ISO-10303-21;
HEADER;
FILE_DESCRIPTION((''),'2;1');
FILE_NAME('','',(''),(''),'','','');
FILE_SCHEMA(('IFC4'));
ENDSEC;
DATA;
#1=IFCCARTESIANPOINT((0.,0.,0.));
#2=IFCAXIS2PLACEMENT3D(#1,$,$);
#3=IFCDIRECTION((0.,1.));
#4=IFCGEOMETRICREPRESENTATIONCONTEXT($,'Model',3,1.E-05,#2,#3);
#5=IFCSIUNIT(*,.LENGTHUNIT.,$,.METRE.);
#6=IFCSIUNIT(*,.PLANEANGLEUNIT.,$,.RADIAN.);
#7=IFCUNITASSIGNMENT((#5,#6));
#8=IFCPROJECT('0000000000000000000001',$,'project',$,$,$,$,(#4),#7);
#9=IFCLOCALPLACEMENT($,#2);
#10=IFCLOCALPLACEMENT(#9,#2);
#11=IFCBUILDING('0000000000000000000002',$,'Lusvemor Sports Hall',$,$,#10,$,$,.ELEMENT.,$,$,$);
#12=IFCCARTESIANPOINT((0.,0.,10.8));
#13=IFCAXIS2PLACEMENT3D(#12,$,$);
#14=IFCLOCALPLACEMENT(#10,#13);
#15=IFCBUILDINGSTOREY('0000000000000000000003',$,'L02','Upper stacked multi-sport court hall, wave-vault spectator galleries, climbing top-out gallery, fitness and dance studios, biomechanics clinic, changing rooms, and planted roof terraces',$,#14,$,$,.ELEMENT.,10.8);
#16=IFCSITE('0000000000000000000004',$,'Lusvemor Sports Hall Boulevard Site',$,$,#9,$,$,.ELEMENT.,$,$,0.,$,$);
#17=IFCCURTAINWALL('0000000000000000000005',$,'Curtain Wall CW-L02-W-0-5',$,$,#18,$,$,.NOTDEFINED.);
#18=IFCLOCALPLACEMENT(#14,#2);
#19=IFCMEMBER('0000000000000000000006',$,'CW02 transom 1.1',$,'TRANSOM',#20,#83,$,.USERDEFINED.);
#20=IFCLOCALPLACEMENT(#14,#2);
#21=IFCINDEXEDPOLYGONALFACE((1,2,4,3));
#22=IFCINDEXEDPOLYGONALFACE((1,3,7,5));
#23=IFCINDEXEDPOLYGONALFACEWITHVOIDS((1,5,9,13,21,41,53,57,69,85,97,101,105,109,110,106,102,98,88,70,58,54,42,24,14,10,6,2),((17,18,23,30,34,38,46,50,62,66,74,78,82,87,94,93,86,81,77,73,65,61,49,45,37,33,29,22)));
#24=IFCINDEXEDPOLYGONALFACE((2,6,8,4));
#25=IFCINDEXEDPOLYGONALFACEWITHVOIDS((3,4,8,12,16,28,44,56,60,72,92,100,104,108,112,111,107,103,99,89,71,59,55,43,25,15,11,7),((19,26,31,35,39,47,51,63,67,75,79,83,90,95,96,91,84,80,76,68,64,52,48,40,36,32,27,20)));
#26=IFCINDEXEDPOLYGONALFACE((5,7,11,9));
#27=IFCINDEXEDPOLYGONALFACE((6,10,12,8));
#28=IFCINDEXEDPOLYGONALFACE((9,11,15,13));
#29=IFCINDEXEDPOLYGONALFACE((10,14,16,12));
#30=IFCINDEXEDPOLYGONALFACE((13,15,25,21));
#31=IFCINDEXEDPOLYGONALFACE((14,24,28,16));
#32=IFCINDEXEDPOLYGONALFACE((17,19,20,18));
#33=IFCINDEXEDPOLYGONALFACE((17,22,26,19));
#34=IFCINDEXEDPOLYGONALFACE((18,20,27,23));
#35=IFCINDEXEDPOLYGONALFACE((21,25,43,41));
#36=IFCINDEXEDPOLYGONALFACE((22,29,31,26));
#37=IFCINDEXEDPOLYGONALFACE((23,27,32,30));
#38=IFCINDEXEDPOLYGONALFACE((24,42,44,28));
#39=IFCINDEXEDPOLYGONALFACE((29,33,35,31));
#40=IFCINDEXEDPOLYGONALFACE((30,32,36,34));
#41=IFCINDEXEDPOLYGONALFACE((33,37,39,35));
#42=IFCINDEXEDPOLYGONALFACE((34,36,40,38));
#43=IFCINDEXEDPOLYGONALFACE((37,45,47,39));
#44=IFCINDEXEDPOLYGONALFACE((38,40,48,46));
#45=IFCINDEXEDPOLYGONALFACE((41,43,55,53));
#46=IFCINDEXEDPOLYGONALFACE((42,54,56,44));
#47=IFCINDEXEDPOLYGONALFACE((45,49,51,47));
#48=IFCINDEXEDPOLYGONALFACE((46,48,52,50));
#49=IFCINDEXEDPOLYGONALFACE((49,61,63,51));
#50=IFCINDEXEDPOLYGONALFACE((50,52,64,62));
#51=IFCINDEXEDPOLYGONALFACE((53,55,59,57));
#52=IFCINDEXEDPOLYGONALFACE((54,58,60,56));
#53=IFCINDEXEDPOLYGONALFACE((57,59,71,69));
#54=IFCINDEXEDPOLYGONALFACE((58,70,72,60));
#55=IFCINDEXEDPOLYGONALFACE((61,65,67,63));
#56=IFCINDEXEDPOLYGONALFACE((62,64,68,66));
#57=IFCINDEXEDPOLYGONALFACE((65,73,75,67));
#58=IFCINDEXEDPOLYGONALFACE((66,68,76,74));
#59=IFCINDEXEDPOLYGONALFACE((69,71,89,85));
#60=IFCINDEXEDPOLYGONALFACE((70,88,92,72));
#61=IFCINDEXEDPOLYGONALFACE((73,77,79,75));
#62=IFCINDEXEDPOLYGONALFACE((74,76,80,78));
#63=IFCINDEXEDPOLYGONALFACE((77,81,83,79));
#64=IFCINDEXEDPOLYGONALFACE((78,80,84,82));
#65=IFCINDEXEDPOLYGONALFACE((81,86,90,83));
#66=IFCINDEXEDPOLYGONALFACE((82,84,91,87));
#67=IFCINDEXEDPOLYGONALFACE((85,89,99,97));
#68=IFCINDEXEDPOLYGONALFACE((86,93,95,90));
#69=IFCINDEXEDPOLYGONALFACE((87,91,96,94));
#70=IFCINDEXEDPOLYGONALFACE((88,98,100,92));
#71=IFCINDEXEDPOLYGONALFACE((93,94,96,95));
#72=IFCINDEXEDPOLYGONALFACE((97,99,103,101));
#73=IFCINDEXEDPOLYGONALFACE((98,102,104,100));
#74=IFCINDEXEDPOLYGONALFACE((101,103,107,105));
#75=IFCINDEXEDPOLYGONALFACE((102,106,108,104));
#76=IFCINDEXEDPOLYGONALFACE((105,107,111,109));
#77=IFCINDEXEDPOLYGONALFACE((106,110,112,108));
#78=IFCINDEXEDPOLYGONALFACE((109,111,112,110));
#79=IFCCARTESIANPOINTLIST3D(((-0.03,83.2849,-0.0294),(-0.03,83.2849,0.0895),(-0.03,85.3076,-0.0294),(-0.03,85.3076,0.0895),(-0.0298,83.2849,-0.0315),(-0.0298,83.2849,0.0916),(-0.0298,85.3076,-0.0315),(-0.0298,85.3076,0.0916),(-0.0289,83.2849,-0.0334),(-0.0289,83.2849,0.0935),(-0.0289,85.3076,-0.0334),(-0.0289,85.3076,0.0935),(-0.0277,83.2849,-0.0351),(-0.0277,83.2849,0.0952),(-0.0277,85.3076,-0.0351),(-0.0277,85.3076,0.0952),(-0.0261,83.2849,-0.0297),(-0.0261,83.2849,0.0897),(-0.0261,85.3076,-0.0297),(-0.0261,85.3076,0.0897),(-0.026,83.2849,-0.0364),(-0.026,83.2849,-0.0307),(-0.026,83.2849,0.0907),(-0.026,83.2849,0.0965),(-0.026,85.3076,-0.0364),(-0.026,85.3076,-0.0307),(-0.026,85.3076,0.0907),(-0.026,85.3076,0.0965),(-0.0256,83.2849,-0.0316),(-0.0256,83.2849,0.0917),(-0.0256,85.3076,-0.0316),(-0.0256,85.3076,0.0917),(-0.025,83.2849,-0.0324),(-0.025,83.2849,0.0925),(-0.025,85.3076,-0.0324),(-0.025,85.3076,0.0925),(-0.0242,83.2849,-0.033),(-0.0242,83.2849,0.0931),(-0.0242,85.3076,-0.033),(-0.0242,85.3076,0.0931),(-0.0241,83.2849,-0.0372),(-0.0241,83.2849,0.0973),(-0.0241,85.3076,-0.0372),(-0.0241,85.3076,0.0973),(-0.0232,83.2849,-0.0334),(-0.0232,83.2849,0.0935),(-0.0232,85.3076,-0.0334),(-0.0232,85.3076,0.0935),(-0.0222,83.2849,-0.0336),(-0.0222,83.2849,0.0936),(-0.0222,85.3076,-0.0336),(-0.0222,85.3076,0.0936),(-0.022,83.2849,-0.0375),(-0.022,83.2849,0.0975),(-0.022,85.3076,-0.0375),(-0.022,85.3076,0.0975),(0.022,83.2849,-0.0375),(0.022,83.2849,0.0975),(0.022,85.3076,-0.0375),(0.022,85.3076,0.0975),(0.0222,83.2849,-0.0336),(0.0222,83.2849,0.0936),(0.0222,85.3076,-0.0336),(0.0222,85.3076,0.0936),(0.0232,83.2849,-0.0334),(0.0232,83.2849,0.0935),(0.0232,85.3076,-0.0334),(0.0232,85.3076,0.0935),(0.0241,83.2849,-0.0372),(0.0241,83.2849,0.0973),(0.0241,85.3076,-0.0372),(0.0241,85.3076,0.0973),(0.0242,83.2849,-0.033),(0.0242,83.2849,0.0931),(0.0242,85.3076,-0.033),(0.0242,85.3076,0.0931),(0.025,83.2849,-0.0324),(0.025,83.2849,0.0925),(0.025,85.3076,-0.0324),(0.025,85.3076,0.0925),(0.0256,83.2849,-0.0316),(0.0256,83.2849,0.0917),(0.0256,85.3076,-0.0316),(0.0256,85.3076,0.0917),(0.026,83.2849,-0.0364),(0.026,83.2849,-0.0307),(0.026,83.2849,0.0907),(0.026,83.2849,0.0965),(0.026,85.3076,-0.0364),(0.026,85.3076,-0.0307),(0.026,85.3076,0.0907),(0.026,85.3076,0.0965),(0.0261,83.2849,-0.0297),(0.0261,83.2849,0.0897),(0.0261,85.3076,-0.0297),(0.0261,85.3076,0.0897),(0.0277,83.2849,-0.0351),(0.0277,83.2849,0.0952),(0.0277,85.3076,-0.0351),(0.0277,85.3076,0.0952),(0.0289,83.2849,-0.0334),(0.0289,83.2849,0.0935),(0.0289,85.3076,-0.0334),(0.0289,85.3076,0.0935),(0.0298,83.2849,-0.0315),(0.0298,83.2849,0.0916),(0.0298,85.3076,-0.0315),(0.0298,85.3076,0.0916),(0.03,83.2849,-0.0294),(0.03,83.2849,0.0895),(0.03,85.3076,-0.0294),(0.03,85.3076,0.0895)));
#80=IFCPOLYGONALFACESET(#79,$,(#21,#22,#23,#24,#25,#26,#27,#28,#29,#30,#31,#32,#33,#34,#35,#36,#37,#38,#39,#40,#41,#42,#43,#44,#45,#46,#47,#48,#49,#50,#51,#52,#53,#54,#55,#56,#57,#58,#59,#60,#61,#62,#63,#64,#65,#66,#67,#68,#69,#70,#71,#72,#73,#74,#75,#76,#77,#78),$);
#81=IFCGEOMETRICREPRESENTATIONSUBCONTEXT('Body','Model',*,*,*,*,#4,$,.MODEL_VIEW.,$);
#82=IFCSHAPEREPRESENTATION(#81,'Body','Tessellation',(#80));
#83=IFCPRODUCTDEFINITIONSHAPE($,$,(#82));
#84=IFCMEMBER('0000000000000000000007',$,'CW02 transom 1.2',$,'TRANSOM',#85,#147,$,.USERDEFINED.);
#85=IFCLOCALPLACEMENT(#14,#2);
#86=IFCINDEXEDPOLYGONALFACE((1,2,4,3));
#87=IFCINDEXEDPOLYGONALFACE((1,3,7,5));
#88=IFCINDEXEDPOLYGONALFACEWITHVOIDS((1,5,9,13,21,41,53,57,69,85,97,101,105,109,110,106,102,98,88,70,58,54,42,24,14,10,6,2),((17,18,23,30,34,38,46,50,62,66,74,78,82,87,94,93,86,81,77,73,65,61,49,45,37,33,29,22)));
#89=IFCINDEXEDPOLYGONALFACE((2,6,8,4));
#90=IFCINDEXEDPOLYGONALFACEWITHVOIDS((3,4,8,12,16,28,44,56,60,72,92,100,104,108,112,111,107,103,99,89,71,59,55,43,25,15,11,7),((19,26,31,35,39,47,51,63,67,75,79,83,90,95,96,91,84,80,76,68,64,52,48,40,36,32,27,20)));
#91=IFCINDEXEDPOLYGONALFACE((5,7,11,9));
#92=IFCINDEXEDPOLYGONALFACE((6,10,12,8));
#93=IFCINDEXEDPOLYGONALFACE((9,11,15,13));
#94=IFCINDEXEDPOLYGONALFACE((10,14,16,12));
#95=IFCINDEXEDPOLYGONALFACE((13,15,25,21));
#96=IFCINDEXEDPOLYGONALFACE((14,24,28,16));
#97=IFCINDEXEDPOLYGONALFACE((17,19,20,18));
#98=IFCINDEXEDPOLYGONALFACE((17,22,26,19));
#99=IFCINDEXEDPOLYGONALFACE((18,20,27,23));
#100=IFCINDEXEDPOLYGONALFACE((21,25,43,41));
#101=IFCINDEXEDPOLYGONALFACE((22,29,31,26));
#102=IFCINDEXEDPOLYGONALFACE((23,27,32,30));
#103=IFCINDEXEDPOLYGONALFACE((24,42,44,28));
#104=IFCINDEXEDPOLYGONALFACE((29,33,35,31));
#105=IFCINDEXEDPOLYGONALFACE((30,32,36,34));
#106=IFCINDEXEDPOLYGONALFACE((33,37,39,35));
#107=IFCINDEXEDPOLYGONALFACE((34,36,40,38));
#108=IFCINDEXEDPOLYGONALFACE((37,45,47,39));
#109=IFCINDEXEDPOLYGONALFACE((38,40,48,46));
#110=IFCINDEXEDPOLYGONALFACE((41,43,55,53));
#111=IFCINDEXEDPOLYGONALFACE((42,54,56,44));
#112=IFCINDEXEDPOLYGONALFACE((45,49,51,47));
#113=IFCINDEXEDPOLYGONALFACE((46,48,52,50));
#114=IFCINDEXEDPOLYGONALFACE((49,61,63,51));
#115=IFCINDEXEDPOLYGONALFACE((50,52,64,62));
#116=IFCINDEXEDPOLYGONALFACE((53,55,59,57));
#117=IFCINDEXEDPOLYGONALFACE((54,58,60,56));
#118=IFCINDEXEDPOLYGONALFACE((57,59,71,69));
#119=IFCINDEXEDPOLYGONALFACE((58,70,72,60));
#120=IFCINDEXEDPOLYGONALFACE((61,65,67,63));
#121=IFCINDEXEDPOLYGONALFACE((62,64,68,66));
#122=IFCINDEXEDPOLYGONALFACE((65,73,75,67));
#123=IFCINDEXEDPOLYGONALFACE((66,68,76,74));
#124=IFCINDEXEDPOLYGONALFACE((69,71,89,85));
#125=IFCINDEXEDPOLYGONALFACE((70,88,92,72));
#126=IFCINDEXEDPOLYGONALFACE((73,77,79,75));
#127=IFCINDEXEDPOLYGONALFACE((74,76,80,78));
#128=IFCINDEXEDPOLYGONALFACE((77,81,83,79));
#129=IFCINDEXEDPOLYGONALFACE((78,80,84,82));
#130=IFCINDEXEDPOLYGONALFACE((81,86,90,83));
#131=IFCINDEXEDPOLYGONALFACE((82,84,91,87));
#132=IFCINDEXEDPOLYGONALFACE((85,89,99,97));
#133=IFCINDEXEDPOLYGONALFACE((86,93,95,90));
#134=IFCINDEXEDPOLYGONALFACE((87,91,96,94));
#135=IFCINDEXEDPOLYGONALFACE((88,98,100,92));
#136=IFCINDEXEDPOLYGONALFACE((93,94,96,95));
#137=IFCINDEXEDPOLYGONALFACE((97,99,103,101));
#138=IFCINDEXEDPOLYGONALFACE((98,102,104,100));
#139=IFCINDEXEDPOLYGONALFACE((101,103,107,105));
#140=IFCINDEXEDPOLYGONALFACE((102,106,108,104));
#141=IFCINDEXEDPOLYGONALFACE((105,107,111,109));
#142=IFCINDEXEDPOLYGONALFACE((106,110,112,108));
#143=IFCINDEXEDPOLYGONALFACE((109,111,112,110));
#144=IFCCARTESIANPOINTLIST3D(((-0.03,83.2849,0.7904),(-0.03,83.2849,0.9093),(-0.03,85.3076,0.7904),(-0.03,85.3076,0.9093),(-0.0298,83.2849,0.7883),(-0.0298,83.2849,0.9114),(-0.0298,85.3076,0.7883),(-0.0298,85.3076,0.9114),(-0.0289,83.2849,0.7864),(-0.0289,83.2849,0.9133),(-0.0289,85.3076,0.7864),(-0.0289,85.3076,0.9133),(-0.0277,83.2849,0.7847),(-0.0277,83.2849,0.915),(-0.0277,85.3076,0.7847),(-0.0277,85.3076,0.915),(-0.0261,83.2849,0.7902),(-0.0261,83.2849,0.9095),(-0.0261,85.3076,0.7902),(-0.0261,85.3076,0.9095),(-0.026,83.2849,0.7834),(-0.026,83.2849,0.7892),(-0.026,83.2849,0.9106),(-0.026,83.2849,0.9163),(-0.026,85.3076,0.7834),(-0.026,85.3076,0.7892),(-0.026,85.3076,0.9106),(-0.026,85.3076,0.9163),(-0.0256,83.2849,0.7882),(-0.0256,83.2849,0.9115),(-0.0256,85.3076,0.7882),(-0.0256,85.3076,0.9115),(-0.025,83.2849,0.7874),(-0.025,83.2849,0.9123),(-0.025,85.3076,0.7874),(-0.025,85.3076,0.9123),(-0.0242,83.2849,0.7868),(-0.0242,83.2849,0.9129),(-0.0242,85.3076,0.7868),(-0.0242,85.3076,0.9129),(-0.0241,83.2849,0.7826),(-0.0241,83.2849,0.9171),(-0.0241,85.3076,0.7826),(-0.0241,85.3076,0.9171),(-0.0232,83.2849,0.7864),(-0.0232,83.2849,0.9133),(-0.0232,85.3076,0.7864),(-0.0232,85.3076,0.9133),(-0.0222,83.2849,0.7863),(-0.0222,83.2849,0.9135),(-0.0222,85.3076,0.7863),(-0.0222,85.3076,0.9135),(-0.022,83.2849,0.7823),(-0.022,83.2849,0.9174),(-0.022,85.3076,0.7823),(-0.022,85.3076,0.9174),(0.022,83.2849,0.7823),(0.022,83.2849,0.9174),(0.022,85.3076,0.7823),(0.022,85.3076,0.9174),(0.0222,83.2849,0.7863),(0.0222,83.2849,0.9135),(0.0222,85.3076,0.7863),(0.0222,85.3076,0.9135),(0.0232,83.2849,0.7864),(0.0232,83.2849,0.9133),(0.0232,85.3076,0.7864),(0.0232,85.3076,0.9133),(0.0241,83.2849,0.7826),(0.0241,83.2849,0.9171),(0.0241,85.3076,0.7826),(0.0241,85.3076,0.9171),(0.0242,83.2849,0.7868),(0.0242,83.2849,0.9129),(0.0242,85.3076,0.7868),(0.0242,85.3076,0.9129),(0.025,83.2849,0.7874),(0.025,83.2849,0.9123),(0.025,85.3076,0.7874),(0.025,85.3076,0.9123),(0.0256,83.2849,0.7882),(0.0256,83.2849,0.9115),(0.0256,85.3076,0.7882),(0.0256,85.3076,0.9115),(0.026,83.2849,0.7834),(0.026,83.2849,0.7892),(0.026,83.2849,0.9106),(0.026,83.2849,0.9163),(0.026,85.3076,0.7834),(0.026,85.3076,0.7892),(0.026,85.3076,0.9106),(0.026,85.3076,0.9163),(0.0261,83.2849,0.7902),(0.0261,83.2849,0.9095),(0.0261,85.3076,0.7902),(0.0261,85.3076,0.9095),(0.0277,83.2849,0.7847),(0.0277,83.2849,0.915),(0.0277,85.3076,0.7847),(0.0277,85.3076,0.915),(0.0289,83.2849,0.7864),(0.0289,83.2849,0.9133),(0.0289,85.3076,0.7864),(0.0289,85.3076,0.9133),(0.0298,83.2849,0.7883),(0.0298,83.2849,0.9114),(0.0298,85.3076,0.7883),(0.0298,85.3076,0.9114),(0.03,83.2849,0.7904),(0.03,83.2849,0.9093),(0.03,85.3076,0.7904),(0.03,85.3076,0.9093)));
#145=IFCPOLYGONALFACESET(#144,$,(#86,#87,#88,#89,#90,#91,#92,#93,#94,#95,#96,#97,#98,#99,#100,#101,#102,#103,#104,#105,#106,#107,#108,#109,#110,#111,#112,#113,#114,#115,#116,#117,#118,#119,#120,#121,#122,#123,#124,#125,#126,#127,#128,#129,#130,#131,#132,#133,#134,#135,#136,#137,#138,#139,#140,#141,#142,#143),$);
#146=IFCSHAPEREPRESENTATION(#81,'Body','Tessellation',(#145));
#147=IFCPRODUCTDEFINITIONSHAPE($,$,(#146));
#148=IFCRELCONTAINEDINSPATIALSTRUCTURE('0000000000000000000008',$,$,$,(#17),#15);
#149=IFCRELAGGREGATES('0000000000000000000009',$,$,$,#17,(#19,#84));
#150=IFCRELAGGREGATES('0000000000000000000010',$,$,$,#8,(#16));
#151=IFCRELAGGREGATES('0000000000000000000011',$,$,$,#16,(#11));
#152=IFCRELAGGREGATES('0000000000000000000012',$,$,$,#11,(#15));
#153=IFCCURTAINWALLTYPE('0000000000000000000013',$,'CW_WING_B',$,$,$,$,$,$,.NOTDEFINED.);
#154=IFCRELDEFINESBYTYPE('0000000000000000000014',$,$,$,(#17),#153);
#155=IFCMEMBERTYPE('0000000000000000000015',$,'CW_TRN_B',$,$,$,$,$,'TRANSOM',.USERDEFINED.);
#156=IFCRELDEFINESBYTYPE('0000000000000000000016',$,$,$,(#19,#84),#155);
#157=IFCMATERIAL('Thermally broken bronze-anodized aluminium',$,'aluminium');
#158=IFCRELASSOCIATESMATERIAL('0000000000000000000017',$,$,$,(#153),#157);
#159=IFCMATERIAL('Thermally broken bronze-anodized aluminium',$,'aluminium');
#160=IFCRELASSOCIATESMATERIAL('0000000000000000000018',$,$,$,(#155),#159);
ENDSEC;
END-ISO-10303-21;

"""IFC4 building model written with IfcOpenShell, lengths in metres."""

from ifc_helpers import new_model, si_unit, direction, frame, origin, origin_2d, place, context, subcontext, project, spatial, hollow_rectangle, extrude, material, material_profile, profile_set, type_object, element, aggregate, save


model = new_model("IFC4")

# Units and contexts
model_context = context("Model", 3, precision=1e-05, world=origin(), true_north=direction((0.0, 1.0)))
body_context = subcontext(model_context, "Body", "Model", "MODEL_VIEW")
ifc_project = project(units=[si_unit("LENGTHUNIT", "METRE"), si_unit("PLANEANGLEUNIT", "RADIAN")], contexts=[model_context])

# Site, building, storey
site_placement = place(None, origin())
site = spatial("IfcSite", under=ifc_project, at=site_placement, Name="Lusvemor Sports Hall Boulevard Site", CompositionType="ELEMENT", RefElevation=0.0)
building_placement = place(site_placement, origin())
building = spatial("IfcBuilding", under=site, at=building_placement, Name="Lusvemor Sports Hall", CompositionType="ELEMENT")
storey_placement = place(building_placement, frame((0.0, 0.0, 10.8)))
storey = spatial("IfcBuildingStorey", under=building, at=storey_placement, Name="L02", Description="Upper stacked multi-sport court hall, wave-vault spectator galleries, climbing top-out gallery, fitness and dance studios, biomechanics clinic, changing rooms, and planted roof terraces", CompositionType="ELEMENT", Elevation=10.8)

# Curtain wall, members
ifc_material_1 = material(Name="Thermally broken bronze-anodized aluminium", Category="aluminium")
curtain_wall_type = type_object("IfcCurtainWallType", Name="CW_WING_B", PredefinedType="NOTDEFINED", material=ifc_material_1)
curtain_wall_placement = place(storey_placement, origin())
curtain_wall = element("IfcCurtainWall", 1, at=curtain_wall_placement, inside=storey, type_object=curtain_wall_type, Name="Curtain Wall CW-L02-W-0-5", PredefinedType="NOTDEFINED")
ifc_material_2 = material(Name="Thermally broken bronze-anodized aluminium", Category="aluminium")
ifc_material_profile_1 = material_profile(ifc_material_2, hollow_rectangle(XDim=0.0601, YDim=0.135, WallThickness=0.0039, InnerFilletRadius=0.0039, OuterFilletRadius=0.0081, at=origin_2d()), Name="CWTRN135x60x4")
ifc_profile_set_1 = profile_set([ifc_material_profile_1], Name="Thermally broken bronze-anodized aluminium")
member_type_1 = type_object("IfcMemberType", Name="CW_TRN_B", ElementType="TRANSOM", PredefinedType="USERDEFINED", material=ifc_profile_set_1)
member_1_placement = place(storey_placement, frame((0.0, 83.2849, 0.03), z_axis=(0.0, 1.0, 0.0), x_axis=(-1.0, 0.0, 0.0)))
member_1 = element("IfcMember", 2, at=member_1_placement, type_object=member_type_1, Name="CW02 transom 1.1", ObjectType="TRANSOM", PredefinedType="USERDEFINED", context=body_context, shape_type="SweptSolid", body=[
    extrude(hollow_rectangle(XDim=0.0601, YDim=0.135, WallThickness=0.0039, InnerFilletRadius=0.0039, OuterFilletRadius=0.0081, at=origin_2d()), origin(), (0.0, 0.0, 1.0), 2.0227),
])
member_2_placement = place(storey_placement, frame((0.0, 83.2849, 0.8499), z_axis=(0.0, 1.0, 0.0), x_axis=(-1.0, 0.0, 0.0)))
member_2 = element("IfcMember", 3, at=member_2_placement, type_object=member_type_1, Name="CW02 transom 1.2", ObjectType="TRANSOM", PredefinedType="USERDEFINED", context=body_context, shape_type="SweptSolid", body=[
    extrude(hollow_rectangle(XDim=0.0601, YDim=0.135, WallThickness=0.0039, InnerFilletRadius=0.0039, OuterFilletRadius=0.0081, at=origin_2d()), origin(), (0.0, 0.0, 1.0), 2.0227),
])

aggregate(curtain_wall, [member_1, member_2])

save(model, "model.ifc")
